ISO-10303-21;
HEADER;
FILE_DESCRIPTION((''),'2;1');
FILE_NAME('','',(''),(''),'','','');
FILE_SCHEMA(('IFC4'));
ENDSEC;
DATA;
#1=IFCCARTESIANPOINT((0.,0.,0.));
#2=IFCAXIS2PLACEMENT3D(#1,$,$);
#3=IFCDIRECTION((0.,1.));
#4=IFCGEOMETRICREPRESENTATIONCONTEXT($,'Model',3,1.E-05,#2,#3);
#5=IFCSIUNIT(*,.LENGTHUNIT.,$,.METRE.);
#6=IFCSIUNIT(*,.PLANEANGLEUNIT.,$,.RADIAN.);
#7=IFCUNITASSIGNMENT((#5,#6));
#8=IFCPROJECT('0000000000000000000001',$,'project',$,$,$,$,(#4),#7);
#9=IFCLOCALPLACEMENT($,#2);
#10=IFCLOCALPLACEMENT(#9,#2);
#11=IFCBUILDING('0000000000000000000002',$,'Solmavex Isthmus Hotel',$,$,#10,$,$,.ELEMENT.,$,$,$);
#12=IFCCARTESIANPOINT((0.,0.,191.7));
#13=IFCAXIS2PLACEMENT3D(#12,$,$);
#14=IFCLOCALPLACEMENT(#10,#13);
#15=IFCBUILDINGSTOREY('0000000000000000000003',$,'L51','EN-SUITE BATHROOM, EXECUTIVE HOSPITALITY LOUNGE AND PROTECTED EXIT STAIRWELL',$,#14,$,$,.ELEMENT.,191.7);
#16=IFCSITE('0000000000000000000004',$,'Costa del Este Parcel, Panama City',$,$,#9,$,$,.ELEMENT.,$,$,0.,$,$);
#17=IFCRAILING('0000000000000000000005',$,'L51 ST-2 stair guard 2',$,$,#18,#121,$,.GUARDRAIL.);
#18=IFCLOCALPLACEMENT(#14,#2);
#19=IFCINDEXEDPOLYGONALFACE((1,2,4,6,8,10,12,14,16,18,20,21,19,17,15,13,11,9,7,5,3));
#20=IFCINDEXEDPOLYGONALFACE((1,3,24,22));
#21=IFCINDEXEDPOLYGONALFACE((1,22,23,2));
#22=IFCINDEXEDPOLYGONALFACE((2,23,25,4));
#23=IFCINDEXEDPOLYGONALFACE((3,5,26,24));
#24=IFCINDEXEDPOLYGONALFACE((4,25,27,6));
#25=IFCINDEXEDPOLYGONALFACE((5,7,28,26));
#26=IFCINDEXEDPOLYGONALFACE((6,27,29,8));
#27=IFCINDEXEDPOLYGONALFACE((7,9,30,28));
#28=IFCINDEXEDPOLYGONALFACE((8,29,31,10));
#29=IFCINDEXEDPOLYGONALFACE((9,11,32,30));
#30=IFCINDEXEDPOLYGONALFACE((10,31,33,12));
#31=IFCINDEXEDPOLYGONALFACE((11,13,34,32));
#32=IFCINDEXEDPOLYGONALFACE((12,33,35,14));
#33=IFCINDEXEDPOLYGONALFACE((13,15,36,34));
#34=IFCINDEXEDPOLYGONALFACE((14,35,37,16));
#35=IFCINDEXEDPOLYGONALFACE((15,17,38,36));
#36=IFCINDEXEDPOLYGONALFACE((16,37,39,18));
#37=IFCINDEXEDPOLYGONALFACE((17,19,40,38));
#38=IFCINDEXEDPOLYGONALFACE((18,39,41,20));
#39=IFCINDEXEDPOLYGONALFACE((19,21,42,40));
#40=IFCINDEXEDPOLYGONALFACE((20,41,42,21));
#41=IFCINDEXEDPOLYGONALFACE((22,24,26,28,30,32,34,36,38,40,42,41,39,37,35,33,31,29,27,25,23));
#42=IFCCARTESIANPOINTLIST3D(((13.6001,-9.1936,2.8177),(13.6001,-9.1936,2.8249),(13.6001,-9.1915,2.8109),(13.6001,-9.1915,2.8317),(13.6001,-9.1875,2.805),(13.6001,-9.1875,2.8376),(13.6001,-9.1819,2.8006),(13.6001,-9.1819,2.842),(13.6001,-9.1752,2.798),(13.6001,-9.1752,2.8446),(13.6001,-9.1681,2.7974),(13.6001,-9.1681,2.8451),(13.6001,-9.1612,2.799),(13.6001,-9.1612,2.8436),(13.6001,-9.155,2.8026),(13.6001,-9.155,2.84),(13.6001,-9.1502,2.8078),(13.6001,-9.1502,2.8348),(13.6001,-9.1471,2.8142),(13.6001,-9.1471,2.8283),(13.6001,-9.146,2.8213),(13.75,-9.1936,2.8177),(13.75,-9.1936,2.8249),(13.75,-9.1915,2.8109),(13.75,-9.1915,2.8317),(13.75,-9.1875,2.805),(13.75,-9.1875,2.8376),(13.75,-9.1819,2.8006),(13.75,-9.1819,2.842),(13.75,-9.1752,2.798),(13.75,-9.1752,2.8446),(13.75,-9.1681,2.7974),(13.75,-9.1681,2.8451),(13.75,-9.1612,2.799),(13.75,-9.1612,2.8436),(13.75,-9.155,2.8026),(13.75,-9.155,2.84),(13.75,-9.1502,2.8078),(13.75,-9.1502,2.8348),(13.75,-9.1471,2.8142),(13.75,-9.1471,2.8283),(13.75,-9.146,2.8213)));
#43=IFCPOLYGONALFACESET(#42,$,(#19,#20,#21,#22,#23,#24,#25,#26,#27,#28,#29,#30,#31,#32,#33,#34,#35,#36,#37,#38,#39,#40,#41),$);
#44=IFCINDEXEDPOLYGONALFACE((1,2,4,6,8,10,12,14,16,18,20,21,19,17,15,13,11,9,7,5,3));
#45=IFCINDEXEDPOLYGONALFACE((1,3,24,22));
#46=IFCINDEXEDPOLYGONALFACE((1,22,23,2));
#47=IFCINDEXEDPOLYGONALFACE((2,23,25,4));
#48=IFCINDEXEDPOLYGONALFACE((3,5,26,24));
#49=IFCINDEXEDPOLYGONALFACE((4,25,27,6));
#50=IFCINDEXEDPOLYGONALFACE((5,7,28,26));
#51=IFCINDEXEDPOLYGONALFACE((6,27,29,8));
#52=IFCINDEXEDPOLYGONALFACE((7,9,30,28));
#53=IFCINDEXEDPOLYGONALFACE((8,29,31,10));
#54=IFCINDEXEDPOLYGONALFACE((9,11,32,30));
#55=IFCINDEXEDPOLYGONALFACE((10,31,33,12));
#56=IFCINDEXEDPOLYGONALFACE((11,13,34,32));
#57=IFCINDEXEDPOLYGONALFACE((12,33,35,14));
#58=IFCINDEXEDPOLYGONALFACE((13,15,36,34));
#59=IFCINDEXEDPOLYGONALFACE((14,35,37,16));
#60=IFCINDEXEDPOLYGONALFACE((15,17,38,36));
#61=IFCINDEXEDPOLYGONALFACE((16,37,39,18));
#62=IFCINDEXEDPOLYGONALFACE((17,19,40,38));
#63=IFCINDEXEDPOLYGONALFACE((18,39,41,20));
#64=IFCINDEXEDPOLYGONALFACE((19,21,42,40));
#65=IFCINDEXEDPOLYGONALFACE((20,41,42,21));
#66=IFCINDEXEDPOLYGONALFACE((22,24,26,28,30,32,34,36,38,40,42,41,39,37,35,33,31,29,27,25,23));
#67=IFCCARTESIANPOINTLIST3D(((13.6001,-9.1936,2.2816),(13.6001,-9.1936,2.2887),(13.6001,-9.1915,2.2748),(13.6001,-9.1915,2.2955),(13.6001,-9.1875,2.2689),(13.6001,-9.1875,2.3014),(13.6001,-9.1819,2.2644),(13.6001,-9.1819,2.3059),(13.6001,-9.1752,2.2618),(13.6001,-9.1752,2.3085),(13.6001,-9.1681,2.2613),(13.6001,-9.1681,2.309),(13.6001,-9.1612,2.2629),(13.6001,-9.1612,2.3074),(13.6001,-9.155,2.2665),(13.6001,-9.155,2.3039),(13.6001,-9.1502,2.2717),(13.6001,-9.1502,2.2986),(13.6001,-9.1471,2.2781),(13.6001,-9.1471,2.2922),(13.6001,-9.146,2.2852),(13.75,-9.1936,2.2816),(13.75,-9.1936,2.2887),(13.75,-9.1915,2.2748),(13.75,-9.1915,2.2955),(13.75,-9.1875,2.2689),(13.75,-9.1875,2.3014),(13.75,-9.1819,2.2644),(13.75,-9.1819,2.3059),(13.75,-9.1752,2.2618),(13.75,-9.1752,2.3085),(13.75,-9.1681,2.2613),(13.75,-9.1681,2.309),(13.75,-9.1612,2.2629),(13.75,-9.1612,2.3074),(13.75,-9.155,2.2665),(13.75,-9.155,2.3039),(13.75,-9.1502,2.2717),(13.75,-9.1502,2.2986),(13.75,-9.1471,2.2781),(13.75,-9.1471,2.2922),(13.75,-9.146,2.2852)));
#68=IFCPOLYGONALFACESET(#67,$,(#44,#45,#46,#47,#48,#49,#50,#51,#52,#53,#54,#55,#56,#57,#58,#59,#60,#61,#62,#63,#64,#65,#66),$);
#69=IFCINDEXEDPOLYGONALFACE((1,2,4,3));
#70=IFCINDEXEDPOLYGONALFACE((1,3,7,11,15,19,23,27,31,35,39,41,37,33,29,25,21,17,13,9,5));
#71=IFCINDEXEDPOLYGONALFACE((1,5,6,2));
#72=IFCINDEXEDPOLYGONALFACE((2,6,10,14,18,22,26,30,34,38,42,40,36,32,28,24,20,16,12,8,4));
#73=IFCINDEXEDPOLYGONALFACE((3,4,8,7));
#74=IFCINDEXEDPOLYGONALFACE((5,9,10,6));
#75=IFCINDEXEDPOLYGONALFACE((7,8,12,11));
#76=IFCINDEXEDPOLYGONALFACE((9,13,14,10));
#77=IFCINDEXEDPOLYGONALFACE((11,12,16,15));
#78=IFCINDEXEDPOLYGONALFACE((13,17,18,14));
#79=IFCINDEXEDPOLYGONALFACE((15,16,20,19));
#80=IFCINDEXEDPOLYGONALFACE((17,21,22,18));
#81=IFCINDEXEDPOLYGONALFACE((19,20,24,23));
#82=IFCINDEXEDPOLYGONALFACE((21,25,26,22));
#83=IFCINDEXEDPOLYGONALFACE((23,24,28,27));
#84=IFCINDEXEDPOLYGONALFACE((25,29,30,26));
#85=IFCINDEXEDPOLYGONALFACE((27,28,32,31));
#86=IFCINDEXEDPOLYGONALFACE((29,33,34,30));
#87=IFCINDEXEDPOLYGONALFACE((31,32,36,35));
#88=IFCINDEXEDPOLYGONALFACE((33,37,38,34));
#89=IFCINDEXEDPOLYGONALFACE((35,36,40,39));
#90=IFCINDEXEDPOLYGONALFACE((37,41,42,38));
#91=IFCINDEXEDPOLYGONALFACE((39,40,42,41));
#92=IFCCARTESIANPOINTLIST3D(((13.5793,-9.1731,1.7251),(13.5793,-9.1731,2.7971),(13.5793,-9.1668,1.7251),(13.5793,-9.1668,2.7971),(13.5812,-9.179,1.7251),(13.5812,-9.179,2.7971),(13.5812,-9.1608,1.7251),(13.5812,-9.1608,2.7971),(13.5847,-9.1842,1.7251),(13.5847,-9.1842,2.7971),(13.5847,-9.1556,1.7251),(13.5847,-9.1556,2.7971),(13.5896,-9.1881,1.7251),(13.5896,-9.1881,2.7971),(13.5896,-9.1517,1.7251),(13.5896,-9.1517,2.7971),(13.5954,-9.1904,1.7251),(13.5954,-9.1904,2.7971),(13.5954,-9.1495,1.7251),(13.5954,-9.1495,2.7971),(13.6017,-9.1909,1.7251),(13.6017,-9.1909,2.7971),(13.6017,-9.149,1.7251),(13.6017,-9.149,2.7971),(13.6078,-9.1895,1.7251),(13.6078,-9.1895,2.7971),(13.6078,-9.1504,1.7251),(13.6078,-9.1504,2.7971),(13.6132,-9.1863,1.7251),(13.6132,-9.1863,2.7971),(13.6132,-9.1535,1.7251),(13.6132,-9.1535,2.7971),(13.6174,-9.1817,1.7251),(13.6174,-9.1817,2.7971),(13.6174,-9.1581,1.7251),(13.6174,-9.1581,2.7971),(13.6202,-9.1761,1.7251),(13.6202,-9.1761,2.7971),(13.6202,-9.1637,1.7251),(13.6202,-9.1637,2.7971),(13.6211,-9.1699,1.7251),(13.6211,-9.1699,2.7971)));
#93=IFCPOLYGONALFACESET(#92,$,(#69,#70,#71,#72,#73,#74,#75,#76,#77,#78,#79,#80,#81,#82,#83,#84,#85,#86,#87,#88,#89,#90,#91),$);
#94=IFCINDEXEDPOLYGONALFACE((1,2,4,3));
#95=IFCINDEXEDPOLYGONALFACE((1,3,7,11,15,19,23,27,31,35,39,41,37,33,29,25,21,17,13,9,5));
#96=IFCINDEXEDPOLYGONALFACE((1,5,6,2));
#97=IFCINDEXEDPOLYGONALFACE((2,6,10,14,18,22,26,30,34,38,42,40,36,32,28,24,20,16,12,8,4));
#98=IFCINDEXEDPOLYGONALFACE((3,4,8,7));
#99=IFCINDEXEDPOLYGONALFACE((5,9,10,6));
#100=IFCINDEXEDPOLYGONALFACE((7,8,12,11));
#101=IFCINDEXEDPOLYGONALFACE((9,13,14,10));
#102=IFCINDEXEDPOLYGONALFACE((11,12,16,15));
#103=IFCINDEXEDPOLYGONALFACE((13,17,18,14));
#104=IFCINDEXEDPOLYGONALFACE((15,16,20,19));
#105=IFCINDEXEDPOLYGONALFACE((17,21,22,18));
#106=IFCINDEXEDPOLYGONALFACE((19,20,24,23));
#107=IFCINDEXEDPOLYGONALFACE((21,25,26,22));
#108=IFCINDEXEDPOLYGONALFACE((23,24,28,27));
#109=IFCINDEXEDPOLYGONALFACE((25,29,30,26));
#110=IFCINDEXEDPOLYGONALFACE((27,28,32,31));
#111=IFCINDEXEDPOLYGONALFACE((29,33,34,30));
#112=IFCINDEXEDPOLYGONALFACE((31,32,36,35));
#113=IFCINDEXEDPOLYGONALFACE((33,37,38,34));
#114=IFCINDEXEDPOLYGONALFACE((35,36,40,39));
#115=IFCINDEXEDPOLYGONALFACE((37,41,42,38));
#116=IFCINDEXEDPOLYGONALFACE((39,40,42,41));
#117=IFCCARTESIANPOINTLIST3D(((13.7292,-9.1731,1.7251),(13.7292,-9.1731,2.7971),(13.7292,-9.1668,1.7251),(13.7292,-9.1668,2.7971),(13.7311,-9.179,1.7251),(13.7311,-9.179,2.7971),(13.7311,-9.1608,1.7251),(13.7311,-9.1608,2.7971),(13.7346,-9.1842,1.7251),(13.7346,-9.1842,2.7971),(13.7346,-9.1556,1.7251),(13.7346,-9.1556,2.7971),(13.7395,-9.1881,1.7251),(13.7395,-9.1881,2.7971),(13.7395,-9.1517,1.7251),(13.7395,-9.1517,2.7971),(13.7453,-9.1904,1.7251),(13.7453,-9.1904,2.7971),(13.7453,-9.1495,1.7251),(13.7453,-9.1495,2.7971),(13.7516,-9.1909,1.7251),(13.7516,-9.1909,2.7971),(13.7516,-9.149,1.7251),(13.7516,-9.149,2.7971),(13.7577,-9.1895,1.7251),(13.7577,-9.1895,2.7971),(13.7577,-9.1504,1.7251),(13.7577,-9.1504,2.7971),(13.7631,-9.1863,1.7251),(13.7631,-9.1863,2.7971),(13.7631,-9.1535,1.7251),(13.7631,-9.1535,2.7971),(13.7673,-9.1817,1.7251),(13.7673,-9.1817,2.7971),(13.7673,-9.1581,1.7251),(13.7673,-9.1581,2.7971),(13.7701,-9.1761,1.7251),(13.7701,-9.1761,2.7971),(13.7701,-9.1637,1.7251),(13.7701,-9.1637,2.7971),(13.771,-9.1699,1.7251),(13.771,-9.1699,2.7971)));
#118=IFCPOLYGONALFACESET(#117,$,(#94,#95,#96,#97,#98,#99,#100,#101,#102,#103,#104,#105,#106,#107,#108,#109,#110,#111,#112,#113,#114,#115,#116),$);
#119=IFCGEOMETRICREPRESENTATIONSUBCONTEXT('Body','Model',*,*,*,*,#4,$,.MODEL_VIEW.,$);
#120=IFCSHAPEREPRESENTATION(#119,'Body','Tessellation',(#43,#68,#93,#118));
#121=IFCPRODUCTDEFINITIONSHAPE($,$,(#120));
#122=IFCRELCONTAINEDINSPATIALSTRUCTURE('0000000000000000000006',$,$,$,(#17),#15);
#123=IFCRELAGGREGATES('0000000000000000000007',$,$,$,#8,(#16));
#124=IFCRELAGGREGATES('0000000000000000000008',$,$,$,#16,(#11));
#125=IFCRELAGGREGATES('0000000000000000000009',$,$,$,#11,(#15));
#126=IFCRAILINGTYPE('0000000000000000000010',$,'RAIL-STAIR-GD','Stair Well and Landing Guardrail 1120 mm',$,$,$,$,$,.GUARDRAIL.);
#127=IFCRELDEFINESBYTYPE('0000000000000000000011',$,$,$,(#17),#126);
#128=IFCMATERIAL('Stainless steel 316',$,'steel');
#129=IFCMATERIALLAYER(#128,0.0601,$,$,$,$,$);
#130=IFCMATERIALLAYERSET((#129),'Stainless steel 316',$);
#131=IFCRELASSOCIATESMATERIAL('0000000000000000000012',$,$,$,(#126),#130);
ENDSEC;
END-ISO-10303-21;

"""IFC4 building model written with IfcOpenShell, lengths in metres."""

from ifc_helpers import new_model, si_unit, direction, frame, origin, origin_2d, place, context, subcontext, project, spatial, circle, extrude, material, layer, layer_set, type_object, element, save


model = new_model("IFC4")

# Units and contexts
model_context = context("Model", 3, precision=1e-05, world=origin(), true_north=direction((0.0, 1.0)))
body_context = subcontext(model_context, "Body", "Model", "MODEL_VIEW")
ifc_project = project(units=[si_unit("LENGTHUNIT", "METRE"), si_unit("PLANEANGLEUNIT", "RADIAN")], contexts=[model_context])

# Site, building, storey
site_placement = place(None, origin())
site = spatial("IfcSite", under=ifc_project, at=site_placement, Name="Costa del Este Parcel, Panama City", CompositionType="ELEMENT", RefElevation=0.0)
building_placement = place(site_placement, origin())
building = spatial("IfcBuilding", under=site, at=building_placement, Name="Solmavex Isthmus Hotel", CompositionType="ELEMENT")
storey_placement = place(building_placement, frame((0.0, 0.0, 191.7)))
storey = spatial("IfcBuildingStorey", under=building, at=storey_placement, Name="L51", Description="EN-SUITE BATHROOM, EXECUTIVE HOSPITALITY LOUNGE AND PROTECTED EXIT STAIRWELL", CompositionType="ELEMENT", Elevation=191.7)

# Railing
ifc_material_1 = material(Name="Stainless steel 316", Category="steel")
ifc_layer_1 = layer(ifc_material_1, 0.0601)
ifc_layer_set_1 = layer_set([ifc_layer_1], Name="Stainless steel 316")
railing_type_1 = type_object("IfcRailingType", Name="RAIL-STAIR-GD", Description="Stair Well and Landing Guardrail 1120 mm", PredefinedType="GUARDRAIL", material=ifc_layer_set_1)
for number, where, name in (
    (1, (13.6001, -9.1699, 1.7251), "L51 ST-2 stair guard 2"),
):
    element("IfcRailing", number, at=place(storey_placement, frame(where)), inside=storey, type_object=railing_type_1, Name=name, PredefinedType="GUARDRAIL", context=body_context, shape_type="SweptSolid", body=[
        extrude(circle(Radius=0.0239, at=origin_2d()), frame((0.0, 0.0, 1.0962), z_axis=(1.0, 0.0, 0.0), x_axis=(0.0, 1.0, 0.0)), (0.0, 0.0, 1.0), 0.1499),
        extrude(circle(Radius=0.0239, at=origin_2d()), frame((0.0, 0.0, 0.5601), z_axis=(1.0, 0.0, 0.0), x_axis=(0.0, 1.0, 0.0)), (0.0, 0.0, 1.0), 0.1499),
        extrude(circle(Radius=0.021, at=origin_2d()), origin(), (0.0, 0.0, 1.0), 1.072),
        extrude(circle(Radius=0.021, at=origin_2d()), frame((0.1499, 0.0, 0.0)), (0.0, 0.0, 1.0), 1.072),
    ])

save(model, "model.ifc")
